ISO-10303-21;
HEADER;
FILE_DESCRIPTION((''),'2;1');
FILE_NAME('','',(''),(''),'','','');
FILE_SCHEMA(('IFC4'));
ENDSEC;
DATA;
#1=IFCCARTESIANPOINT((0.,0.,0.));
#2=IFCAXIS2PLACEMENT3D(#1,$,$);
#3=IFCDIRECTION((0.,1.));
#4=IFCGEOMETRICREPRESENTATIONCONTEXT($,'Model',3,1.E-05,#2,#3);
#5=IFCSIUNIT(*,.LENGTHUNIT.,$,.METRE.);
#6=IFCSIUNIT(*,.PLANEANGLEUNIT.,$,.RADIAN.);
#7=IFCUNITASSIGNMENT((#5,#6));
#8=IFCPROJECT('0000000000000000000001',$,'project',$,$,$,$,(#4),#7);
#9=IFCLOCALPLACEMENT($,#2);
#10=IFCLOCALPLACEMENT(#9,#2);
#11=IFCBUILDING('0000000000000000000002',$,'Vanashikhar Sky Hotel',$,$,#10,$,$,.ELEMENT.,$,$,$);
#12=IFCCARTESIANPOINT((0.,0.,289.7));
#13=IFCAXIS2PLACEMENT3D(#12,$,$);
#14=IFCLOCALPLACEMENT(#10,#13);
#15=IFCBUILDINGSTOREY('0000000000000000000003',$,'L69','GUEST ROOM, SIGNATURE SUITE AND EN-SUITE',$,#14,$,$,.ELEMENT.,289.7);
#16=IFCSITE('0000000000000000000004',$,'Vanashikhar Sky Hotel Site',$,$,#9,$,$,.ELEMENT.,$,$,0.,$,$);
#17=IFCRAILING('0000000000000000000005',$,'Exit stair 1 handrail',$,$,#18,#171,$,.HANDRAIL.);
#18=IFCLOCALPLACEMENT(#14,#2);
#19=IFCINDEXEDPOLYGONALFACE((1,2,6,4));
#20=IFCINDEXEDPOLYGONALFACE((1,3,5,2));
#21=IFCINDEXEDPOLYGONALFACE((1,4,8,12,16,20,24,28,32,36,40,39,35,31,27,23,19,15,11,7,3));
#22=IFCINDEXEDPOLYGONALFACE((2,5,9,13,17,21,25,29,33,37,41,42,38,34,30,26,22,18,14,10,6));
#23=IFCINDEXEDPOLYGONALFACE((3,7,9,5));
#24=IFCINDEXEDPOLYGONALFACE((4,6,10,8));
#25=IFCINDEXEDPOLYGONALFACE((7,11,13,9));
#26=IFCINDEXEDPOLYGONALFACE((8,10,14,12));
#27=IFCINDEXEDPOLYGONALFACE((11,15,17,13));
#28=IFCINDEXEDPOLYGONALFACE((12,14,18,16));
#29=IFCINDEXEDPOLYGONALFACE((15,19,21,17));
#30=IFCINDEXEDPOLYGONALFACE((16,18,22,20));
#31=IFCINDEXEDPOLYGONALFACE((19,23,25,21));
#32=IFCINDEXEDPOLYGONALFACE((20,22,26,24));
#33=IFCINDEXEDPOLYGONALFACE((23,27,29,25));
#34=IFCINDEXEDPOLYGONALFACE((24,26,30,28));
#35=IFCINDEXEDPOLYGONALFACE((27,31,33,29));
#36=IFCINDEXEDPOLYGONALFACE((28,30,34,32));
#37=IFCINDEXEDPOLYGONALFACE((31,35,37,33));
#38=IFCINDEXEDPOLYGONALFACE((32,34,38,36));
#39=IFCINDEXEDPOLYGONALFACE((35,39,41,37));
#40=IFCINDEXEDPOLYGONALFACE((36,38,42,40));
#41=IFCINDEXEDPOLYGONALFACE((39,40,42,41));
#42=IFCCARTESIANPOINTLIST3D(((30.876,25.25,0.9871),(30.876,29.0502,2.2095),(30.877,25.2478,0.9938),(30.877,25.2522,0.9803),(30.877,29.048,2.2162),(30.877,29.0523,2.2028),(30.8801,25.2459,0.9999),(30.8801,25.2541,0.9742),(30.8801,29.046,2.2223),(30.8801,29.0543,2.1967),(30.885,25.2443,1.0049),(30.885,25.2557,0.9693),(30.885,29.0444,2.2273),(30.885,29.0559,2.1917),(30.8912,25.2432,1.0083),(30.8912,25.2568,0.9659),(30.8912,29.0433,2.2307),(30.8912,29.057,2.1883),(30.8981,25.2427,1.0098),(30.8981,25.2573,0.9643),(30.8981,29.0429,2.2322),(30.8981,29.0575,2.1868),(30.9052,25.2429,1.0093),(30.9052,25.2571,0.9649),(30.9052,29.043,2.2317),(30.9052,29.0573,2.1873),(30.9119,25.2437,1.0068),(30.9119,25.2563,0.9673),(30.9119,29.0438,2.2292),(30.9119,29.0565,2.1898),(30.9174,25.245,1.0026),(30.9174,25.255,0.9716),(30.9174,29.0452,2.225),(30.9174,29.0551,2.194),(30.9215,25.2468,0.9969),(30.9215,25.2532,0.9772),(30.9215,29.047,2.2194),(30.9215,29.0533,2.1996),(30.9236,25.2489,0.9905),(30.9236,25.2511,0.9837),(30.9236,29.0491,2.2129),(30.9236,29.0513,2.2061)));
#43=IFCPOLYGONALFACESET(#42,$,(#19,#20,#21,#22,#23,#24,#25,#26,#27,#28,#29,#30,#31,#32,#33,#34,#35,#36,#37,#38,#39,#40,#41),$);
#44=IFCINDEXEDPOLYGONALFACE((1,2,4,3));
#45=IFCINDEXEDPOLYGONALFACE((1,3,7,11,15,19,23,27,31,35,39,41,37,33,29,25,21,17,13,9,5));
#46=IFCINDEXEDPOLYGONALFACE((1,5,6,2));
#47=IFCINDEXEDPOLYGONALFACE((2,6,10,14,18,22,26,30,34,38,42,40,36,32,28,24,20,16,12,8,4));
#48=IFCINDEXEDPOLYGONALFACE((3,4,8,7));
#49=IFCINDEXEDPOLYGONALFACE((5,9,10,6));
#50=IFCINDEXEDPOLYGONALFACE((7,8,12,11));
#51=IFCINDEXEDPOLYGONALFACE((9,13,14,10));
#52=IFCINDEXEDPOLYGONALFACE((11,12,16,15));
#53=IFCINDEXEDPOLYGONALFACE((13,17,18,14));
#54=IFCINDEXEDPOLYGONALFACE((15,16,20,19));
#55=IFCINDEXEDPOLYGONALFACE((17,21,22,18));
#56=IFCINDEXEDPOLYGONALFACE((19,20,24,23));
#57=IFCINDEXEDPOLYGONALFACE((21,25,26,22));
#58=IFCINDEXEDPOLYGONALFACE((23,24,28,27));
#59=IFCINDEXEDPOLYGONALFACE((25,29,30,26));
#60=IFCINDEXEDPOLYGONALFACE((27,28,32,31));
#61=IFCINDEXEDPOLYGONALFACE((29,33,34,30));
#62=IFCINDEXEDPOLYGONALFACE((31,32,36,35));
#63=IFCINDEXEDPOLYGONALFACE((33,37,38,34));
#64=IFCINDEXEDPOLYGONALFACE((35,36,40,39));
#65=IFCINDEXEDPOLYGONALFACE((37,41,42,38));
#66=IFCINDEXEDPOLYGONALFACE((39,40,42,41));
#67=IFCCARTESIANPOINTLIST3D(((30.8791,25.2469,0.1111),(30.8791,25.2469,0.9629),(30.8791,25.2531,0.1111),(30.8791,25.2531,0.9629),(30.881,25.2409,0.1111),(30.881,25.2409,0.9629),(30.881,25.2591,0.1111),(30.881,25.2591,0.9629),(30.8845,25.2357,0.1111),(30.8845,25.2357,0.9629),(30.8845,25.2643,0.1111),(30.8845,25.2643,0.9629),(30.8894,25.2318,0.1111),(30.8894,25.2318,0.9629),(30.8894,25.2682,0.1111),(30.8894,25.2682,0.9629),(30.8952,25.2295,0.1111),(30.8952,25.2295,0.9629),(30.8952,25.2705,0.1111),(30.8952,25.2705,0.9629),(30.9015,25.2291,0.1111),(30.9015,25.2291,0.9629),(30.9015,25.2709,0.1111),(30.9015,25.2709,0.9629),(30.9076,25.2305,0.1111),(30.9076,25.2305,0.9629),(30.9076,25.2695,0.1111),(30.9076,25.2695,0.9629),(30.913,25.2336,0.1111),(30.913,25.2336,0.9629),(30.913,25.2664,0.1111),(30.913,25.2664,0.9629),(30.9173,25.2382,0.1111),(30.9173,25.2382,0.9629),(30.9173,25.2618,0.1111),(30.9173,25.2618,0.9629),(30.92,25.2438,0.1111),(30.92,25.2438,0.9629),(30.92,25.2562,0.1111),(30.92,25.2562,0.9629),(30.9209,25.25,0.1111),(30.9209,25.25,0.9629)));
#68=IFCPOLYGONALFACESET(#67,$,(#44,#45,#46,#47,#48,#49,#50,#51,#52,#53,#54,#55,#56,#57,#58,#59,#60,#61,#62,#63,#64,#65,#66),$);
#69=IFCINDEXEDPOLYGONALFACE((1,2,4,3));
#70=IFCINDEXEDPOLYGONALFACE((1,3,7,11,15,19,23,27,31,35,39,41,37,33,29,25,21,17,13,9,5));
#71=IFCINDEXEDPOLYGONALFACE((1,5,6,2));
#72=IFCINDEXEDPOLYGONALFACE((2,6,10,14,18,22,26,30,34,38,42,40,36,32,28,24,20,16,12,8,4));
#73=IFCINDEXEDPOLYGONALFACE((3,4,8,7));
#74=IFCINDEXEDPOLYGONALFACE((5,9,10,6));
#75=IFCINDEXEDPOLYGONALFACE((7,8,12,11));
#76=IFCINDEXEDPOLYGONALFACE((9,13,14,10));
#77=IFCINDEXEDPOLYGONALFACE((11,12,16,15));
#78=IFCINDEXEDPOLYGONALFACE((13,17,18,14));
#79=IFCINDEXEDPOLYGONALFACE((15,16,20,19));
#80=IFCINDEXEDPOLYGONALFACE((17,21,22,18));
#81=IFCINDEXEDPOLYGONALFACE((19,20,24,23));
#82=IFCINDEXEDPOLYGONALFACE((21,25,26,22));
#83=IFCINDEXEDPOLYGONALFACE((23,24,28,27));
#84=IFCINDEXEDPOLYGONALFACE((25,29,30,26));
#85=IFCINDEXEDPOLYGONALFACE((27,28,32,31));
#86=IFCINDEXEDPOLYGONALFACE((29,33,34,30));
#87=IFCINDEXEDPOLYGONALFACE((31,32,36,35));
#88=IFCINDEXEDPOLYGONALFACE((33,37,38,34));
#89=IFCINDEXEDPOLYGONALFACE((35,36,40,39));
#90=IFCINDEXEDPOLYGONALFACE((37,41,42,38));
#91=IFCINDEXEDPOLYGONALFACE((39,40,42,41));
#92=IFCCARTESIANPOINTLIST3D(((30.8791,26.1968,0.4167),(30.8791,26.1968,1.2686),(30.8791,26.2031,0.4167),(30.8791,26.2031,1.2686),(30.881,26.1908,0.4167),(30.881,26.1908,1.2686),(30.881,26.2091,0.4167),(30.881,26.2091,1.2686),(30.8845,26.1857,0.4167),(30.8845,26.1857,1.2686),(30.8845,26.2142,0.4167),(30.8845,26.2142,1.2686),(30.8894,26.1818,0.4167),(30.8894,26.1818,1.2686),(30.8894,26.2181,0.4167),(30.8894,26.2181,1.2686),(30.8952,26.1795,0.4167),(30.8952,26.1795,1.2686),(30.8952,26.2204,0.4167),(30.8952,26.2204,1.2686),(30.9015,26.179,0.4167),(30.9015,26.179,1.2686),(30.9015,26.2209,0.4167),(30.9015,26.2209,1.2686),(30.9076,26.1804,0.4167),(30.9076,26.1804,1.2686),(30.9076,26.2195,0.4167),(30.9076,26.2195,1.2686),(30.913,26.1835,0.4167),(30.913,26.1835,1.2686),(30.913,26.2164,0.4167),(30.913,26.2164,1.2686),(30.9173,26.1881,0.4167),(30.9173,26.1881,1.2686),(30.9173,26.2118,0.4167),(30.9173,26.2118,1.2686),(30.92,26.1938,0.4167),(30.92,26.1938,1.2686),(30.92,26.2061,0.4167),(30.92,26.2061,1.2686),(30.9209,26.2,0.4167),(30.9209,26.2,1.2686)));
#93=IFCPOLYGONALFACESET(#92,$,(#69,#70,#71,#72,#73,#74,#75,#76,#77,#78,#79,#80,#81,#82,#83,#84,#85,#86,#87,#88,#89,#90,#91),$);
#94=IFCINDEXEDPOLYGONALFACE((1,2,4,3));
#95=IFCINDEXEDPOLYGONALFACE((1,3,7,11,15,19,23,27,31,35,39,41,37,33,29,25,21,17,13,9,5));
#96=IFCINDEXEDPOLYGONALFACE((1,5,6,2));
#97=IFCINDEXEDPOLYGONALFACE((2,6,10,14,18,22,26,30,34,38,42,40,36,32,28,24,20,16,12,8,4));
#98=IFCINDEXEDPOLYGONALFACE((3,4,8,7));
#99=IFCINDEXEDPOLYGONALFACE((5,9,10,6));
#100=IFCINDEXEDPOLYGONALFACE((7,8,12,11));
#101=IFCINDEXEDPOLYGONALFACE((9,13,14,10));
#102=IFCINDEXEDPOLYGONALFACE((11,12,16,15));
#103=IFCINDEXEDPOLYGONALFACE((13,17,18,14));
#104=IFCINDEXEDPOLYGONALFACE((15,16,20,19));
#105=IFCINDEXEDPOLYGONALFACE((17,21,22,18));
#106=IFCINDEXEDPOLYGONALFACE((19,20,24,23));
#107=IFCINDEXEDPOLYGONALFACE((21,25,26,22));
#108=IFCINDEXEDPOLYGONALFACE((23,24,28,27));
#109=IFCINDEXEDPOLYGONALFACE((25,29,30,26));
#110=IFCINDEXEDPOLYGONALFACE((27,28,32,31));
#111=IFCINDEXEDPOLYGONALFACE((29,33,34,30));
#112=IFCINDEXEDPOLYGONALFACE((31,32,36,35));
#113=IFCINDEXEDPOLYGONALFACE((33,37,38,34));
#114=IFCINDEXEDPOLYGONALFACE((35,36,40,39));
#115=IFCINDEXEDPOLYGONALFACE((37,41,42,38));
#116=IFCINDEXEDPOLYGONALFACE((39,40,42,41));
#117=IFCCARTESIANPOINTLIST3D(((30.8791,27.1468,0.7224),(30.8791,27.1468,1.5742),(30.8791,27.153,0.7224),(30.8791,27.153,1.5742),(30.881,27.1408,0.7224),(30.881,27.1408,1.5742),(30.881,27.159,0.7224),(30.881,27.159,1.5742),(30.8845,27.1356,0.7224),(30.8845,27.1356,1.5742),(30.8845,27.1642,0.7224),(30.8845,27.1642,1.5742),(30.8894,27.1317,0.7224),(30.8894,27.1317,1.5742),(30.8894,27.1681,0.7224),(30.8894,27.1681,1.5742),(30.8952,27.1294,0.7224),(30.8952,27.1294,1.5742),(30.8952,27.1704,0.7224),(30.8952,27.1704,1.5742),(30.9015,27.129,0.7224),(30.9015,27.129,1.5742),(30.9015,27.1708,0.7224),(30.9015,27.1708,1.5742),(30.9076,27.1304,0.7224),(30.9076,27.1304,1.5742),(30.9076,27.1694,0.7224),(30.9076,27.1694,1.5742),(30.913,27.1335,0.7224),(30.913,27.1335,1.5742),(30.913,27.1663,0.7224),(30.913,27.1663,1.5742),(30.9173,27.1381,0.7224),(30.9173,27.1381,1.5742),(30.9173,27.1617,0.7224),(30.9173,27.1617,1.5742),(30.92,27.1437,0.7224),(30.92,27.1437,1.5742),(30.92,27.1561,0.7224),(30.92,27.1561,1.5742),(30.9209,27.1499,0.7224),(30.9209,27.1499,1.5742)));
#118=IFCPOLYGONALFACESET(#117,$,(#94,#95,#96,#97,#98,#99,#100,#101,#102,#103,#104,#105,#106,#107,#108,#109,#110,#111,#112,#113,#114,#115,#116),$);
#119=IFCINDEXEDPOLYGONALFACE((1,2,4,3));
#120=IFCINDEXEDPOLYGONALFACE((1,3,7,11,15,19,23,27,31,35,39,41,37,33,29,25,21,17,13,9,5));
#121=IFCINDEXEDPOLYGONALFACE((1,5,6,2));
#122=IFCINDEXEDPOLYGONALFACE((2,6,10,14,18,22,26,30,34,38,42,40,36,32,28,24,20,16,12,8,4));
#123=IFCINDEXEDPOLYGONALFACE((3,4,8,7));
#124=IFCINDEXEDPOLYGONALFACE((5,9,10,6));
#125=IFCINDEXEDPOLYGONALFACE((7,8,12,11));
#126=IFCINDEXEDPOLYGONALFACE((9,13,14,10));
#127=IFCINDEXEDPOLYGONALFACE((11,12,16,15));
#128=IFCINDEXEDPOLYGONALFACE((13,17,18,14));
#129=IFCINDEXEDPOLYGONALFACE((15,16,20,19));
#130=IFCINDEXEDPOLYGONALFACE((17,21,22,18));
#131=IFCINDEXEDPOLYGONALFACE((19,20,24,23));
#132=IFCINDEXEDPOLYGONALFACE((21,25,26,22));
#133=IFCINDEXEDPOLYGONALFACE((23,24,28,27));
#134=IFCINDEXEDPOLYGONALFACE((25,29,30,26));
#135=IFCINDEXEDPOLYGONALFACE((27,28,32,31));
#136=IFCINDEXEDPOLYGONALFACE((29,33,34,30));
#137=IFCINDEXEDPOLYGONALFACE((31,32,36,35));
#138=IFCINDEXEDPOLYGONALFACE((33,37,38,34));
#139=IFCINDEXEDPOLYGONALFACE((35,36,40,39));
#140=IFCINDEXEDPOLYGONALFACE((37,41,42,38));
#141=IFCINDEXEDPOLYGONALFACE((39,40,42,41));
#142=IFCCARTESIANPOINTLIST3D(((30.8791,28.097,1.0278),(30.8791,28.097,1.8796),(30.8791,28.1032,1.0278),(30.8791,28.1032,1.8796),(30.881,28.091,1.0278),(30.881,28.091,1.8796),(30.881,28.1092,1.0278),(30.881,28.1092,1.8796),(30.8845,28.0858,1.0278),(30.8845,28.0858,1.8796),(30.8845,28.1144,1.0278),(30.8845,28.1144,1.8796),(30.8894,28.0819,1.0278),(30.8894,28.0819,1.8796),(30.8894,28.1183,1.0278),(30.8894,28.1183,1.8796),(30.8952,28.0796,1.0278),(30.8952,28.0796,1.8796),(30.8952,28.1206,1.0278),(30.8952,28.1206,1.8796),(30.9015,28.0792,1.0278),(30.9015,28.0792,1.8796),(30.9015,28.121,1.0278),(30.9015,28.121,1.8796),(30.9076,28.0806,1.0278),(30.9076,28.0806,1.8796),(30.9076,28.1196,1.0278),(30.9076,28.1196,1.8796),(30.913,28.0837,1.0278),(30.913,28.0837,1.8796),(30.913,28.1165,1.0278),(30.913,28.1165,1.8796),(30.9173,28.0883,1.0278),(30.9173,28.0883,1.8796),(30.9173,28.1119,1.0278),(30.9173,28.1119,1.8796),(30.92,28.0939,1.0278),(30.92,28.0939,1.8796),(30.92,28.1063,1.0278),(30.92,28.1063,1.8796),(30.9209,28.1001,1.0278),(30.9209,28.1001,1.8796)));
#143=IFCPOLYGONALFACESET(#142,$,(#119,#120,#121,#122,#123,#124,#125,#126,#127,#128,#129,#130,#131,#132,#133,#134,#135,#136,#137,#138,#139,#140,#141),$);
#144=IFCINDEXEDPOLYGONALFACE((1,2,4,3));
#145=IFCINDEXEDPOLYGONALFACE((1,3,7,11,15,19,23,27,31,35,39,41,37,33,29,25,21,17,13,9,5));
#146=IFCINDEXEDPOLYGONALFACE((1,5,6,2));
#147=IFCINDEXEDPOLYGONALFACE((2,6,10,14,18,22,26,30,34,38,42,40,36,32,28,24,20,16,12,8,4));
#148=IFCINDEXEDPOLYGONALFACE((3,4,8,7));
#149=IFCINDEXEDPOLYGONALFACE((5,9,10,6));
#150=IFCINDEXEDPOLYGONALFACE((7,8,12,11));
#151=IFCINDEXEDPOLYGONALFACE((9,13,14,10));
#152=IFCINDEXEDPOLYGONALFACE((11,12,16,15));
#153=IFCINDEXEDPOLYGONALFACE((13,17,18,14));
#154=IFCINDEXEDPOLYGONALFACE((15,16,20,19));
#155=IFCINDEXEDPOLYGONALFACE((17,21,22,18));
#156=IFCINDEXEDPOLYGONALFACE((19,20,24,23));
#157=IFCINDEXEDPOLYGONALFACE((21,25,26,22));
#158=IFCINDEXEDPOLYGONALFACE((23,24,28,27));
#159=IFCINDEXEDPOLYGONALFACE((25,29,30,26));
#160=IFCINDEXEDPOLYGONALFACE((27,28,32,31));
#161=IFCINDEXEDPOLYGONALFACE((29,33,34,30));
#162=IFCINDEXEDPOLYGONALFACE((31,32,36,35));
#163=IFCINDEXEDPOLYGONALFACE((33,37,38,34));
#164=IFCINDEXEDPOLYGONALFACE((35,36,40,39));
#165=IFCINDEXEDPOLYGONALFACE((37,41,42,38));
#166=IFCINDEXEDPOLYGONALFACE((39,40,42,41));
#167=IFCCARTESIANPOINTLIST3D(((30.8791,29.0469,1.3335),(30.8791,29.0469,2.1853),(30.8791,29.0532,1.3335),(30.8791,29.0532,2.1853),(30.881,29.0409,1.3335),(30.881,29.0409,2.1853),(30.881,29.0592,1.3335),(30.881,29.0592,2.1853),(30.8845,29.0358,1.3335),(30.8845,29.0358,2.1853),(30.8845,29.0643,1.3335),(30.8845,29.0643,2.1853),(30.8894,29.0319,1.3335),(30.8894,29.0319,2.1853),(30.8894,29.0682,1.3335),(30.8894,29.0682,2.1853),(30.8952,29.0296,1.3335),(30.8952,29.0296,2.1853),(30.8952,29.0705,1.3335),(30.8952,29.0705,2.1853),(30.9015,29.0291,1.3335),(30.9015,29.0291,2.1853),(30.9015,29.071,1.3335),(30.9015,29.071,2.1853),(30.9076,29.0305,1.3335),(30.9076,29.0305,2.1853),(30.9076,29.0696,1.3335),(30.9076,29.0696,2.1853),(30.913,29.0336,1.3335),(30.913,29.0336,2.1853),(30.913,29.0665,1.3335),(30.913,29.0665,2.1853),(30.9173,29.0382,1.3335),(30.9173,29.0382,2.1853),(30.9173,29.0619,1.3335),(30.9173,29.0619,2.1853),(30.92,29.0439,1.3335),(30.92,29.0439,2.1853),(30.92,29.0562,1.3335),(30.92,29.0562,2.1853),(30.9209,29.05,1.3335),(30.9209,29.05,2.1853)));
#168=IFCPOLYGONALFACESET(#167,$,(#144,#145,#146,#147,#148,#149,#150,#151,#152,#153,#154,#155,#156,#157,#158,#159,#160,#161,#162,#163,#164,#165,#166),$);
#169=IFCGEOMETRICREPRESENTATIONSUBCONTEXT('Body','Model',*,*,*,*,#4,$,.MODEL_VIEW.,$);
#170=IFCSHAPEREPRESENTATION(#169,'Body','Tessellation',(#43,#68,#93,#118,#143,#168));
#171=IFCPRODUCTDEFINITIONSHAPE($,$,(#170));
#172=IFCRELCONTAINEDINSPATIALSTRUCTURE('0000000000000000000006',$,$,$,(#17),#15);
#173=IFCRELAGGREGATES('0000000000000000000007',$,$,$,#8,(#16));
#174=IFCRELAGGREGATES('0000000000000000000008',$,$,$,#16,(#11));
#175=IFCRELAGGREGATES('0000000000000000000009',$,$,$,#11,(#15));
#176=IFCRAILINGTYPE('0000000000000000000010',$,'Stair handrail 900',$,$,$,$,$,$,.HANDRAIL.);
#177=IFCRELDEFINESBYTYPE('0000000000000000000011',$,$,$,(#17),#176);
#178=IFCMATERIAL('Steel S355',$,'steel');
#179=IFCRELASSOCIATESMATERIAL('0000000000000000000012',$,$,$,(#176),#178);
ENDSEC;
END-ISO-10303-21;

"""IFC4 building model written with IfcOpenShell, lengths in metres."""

from ifc_helpers import new_model, si_unit, direction, frame, origin, origin_2d, place, context, subcontext, project, spatial, circle, extrude, source, transform, mapped, material, type_object, element, save


model = new_model("IFC4")

# Units and contexts
model_context = context("Model", 3, precision=1e-05, world=origin(), true_north=direction((0.0, 1.0)))
body_context = subcontext(model_context, "Body", "Model", "MODEL_VIEW")
ifc_project = project(units=[si_unit("LENGTHUNIT", "METRE"), si_unit("PLANEANGLEUNIT", "RADIAN")], contexts=[model_context])

# Site, building, storey
site_placement = place(None, origin())
site = spatial("IfcSite", under=ifc_project, at=site_placement, Name="Vanashikhar Sky Hotel Site", CompositionType="ELEMENT", RefElevation=0.0)
building_placement = place(site_placement, origin())
building = spatial("IfcBuilding", under=site, at=building_placement, Name="Vanashikhar Sky Hotel", CompositionType="ELEMENT")
storey_placement = place(building_placement, frame((0.0, 0.0, 289.7)))
storey = spatial("IfcBuildingStorey", under=building, at=storey_placement, Name="L69", Description="GUEST ROOM, SIGNATURE SUITE AND EN-SUITE", CompositionType="ELEMENT", Elevation=289.7)

# Railing
ifc_material_1 = material(Name="Steel S355", Category="steel")
railing_type_1 = type_object("IfcRailingType", Name="Stair handrail 900", PredefinedType="HANDRAIL", material=ifc_material_1)
shared_shape_1 = source(origin(), body_context, "Body", "SweptSolid", [
    extrude(circle(Radius=0.0239, at=origin_2d()), frame((0.0, 0.0, 0.876), z_axis=(0.0, 0.951958, 0.306229), x_axis=(-1.0, 0.0, 0.0)), (0.0, 0.0, 1.0), 3.9919),
    extrude(circle(Radius=0.021, at=origin_2d()), origin(), (0.0, 0.0, 1.0), 0.8518),
    extrude(circle(Radius=0.021, at=origin_2d()), frame((0.0, 0.95, 0.3057)), (0.0, 0.0, 1.0), 0.8518),
    extrude(circle(Radius=0.021, at=origin_2d()), frame((0.0, 1.8999, 0.6113)), (0.0, 0.0, 1.0), 0.8518),
    extrude(circle(Radius=0.021, at=origin_2d()), frame((0.0, 2.8501, 0.9167)), (0.0, 0.0, 1.0), 0.8518),
    extrude(circle(Radius=0.021, at=origin_2d()), frame((0.0, 3.8, 1.2224)), (0.0, 0.0, 1.0), 0.8518),
])
railing_1_placement = place(storey_placement, frame((30.8999, 25.25, 0.1111)))
element("IfcRailing", 1, at=railing_1_placement, inside=storey, type_object=railing_type_1, Name="Exit stair 1 handrail", PredefinedType="HANDRAIL", context=body_context, shape_type="MappedRepresentation", body=[
    mapped(shared_shape_1, transform((0.0, 0.0, 0.0), scale=1.0)),
])

save(model, "model.ifc")
